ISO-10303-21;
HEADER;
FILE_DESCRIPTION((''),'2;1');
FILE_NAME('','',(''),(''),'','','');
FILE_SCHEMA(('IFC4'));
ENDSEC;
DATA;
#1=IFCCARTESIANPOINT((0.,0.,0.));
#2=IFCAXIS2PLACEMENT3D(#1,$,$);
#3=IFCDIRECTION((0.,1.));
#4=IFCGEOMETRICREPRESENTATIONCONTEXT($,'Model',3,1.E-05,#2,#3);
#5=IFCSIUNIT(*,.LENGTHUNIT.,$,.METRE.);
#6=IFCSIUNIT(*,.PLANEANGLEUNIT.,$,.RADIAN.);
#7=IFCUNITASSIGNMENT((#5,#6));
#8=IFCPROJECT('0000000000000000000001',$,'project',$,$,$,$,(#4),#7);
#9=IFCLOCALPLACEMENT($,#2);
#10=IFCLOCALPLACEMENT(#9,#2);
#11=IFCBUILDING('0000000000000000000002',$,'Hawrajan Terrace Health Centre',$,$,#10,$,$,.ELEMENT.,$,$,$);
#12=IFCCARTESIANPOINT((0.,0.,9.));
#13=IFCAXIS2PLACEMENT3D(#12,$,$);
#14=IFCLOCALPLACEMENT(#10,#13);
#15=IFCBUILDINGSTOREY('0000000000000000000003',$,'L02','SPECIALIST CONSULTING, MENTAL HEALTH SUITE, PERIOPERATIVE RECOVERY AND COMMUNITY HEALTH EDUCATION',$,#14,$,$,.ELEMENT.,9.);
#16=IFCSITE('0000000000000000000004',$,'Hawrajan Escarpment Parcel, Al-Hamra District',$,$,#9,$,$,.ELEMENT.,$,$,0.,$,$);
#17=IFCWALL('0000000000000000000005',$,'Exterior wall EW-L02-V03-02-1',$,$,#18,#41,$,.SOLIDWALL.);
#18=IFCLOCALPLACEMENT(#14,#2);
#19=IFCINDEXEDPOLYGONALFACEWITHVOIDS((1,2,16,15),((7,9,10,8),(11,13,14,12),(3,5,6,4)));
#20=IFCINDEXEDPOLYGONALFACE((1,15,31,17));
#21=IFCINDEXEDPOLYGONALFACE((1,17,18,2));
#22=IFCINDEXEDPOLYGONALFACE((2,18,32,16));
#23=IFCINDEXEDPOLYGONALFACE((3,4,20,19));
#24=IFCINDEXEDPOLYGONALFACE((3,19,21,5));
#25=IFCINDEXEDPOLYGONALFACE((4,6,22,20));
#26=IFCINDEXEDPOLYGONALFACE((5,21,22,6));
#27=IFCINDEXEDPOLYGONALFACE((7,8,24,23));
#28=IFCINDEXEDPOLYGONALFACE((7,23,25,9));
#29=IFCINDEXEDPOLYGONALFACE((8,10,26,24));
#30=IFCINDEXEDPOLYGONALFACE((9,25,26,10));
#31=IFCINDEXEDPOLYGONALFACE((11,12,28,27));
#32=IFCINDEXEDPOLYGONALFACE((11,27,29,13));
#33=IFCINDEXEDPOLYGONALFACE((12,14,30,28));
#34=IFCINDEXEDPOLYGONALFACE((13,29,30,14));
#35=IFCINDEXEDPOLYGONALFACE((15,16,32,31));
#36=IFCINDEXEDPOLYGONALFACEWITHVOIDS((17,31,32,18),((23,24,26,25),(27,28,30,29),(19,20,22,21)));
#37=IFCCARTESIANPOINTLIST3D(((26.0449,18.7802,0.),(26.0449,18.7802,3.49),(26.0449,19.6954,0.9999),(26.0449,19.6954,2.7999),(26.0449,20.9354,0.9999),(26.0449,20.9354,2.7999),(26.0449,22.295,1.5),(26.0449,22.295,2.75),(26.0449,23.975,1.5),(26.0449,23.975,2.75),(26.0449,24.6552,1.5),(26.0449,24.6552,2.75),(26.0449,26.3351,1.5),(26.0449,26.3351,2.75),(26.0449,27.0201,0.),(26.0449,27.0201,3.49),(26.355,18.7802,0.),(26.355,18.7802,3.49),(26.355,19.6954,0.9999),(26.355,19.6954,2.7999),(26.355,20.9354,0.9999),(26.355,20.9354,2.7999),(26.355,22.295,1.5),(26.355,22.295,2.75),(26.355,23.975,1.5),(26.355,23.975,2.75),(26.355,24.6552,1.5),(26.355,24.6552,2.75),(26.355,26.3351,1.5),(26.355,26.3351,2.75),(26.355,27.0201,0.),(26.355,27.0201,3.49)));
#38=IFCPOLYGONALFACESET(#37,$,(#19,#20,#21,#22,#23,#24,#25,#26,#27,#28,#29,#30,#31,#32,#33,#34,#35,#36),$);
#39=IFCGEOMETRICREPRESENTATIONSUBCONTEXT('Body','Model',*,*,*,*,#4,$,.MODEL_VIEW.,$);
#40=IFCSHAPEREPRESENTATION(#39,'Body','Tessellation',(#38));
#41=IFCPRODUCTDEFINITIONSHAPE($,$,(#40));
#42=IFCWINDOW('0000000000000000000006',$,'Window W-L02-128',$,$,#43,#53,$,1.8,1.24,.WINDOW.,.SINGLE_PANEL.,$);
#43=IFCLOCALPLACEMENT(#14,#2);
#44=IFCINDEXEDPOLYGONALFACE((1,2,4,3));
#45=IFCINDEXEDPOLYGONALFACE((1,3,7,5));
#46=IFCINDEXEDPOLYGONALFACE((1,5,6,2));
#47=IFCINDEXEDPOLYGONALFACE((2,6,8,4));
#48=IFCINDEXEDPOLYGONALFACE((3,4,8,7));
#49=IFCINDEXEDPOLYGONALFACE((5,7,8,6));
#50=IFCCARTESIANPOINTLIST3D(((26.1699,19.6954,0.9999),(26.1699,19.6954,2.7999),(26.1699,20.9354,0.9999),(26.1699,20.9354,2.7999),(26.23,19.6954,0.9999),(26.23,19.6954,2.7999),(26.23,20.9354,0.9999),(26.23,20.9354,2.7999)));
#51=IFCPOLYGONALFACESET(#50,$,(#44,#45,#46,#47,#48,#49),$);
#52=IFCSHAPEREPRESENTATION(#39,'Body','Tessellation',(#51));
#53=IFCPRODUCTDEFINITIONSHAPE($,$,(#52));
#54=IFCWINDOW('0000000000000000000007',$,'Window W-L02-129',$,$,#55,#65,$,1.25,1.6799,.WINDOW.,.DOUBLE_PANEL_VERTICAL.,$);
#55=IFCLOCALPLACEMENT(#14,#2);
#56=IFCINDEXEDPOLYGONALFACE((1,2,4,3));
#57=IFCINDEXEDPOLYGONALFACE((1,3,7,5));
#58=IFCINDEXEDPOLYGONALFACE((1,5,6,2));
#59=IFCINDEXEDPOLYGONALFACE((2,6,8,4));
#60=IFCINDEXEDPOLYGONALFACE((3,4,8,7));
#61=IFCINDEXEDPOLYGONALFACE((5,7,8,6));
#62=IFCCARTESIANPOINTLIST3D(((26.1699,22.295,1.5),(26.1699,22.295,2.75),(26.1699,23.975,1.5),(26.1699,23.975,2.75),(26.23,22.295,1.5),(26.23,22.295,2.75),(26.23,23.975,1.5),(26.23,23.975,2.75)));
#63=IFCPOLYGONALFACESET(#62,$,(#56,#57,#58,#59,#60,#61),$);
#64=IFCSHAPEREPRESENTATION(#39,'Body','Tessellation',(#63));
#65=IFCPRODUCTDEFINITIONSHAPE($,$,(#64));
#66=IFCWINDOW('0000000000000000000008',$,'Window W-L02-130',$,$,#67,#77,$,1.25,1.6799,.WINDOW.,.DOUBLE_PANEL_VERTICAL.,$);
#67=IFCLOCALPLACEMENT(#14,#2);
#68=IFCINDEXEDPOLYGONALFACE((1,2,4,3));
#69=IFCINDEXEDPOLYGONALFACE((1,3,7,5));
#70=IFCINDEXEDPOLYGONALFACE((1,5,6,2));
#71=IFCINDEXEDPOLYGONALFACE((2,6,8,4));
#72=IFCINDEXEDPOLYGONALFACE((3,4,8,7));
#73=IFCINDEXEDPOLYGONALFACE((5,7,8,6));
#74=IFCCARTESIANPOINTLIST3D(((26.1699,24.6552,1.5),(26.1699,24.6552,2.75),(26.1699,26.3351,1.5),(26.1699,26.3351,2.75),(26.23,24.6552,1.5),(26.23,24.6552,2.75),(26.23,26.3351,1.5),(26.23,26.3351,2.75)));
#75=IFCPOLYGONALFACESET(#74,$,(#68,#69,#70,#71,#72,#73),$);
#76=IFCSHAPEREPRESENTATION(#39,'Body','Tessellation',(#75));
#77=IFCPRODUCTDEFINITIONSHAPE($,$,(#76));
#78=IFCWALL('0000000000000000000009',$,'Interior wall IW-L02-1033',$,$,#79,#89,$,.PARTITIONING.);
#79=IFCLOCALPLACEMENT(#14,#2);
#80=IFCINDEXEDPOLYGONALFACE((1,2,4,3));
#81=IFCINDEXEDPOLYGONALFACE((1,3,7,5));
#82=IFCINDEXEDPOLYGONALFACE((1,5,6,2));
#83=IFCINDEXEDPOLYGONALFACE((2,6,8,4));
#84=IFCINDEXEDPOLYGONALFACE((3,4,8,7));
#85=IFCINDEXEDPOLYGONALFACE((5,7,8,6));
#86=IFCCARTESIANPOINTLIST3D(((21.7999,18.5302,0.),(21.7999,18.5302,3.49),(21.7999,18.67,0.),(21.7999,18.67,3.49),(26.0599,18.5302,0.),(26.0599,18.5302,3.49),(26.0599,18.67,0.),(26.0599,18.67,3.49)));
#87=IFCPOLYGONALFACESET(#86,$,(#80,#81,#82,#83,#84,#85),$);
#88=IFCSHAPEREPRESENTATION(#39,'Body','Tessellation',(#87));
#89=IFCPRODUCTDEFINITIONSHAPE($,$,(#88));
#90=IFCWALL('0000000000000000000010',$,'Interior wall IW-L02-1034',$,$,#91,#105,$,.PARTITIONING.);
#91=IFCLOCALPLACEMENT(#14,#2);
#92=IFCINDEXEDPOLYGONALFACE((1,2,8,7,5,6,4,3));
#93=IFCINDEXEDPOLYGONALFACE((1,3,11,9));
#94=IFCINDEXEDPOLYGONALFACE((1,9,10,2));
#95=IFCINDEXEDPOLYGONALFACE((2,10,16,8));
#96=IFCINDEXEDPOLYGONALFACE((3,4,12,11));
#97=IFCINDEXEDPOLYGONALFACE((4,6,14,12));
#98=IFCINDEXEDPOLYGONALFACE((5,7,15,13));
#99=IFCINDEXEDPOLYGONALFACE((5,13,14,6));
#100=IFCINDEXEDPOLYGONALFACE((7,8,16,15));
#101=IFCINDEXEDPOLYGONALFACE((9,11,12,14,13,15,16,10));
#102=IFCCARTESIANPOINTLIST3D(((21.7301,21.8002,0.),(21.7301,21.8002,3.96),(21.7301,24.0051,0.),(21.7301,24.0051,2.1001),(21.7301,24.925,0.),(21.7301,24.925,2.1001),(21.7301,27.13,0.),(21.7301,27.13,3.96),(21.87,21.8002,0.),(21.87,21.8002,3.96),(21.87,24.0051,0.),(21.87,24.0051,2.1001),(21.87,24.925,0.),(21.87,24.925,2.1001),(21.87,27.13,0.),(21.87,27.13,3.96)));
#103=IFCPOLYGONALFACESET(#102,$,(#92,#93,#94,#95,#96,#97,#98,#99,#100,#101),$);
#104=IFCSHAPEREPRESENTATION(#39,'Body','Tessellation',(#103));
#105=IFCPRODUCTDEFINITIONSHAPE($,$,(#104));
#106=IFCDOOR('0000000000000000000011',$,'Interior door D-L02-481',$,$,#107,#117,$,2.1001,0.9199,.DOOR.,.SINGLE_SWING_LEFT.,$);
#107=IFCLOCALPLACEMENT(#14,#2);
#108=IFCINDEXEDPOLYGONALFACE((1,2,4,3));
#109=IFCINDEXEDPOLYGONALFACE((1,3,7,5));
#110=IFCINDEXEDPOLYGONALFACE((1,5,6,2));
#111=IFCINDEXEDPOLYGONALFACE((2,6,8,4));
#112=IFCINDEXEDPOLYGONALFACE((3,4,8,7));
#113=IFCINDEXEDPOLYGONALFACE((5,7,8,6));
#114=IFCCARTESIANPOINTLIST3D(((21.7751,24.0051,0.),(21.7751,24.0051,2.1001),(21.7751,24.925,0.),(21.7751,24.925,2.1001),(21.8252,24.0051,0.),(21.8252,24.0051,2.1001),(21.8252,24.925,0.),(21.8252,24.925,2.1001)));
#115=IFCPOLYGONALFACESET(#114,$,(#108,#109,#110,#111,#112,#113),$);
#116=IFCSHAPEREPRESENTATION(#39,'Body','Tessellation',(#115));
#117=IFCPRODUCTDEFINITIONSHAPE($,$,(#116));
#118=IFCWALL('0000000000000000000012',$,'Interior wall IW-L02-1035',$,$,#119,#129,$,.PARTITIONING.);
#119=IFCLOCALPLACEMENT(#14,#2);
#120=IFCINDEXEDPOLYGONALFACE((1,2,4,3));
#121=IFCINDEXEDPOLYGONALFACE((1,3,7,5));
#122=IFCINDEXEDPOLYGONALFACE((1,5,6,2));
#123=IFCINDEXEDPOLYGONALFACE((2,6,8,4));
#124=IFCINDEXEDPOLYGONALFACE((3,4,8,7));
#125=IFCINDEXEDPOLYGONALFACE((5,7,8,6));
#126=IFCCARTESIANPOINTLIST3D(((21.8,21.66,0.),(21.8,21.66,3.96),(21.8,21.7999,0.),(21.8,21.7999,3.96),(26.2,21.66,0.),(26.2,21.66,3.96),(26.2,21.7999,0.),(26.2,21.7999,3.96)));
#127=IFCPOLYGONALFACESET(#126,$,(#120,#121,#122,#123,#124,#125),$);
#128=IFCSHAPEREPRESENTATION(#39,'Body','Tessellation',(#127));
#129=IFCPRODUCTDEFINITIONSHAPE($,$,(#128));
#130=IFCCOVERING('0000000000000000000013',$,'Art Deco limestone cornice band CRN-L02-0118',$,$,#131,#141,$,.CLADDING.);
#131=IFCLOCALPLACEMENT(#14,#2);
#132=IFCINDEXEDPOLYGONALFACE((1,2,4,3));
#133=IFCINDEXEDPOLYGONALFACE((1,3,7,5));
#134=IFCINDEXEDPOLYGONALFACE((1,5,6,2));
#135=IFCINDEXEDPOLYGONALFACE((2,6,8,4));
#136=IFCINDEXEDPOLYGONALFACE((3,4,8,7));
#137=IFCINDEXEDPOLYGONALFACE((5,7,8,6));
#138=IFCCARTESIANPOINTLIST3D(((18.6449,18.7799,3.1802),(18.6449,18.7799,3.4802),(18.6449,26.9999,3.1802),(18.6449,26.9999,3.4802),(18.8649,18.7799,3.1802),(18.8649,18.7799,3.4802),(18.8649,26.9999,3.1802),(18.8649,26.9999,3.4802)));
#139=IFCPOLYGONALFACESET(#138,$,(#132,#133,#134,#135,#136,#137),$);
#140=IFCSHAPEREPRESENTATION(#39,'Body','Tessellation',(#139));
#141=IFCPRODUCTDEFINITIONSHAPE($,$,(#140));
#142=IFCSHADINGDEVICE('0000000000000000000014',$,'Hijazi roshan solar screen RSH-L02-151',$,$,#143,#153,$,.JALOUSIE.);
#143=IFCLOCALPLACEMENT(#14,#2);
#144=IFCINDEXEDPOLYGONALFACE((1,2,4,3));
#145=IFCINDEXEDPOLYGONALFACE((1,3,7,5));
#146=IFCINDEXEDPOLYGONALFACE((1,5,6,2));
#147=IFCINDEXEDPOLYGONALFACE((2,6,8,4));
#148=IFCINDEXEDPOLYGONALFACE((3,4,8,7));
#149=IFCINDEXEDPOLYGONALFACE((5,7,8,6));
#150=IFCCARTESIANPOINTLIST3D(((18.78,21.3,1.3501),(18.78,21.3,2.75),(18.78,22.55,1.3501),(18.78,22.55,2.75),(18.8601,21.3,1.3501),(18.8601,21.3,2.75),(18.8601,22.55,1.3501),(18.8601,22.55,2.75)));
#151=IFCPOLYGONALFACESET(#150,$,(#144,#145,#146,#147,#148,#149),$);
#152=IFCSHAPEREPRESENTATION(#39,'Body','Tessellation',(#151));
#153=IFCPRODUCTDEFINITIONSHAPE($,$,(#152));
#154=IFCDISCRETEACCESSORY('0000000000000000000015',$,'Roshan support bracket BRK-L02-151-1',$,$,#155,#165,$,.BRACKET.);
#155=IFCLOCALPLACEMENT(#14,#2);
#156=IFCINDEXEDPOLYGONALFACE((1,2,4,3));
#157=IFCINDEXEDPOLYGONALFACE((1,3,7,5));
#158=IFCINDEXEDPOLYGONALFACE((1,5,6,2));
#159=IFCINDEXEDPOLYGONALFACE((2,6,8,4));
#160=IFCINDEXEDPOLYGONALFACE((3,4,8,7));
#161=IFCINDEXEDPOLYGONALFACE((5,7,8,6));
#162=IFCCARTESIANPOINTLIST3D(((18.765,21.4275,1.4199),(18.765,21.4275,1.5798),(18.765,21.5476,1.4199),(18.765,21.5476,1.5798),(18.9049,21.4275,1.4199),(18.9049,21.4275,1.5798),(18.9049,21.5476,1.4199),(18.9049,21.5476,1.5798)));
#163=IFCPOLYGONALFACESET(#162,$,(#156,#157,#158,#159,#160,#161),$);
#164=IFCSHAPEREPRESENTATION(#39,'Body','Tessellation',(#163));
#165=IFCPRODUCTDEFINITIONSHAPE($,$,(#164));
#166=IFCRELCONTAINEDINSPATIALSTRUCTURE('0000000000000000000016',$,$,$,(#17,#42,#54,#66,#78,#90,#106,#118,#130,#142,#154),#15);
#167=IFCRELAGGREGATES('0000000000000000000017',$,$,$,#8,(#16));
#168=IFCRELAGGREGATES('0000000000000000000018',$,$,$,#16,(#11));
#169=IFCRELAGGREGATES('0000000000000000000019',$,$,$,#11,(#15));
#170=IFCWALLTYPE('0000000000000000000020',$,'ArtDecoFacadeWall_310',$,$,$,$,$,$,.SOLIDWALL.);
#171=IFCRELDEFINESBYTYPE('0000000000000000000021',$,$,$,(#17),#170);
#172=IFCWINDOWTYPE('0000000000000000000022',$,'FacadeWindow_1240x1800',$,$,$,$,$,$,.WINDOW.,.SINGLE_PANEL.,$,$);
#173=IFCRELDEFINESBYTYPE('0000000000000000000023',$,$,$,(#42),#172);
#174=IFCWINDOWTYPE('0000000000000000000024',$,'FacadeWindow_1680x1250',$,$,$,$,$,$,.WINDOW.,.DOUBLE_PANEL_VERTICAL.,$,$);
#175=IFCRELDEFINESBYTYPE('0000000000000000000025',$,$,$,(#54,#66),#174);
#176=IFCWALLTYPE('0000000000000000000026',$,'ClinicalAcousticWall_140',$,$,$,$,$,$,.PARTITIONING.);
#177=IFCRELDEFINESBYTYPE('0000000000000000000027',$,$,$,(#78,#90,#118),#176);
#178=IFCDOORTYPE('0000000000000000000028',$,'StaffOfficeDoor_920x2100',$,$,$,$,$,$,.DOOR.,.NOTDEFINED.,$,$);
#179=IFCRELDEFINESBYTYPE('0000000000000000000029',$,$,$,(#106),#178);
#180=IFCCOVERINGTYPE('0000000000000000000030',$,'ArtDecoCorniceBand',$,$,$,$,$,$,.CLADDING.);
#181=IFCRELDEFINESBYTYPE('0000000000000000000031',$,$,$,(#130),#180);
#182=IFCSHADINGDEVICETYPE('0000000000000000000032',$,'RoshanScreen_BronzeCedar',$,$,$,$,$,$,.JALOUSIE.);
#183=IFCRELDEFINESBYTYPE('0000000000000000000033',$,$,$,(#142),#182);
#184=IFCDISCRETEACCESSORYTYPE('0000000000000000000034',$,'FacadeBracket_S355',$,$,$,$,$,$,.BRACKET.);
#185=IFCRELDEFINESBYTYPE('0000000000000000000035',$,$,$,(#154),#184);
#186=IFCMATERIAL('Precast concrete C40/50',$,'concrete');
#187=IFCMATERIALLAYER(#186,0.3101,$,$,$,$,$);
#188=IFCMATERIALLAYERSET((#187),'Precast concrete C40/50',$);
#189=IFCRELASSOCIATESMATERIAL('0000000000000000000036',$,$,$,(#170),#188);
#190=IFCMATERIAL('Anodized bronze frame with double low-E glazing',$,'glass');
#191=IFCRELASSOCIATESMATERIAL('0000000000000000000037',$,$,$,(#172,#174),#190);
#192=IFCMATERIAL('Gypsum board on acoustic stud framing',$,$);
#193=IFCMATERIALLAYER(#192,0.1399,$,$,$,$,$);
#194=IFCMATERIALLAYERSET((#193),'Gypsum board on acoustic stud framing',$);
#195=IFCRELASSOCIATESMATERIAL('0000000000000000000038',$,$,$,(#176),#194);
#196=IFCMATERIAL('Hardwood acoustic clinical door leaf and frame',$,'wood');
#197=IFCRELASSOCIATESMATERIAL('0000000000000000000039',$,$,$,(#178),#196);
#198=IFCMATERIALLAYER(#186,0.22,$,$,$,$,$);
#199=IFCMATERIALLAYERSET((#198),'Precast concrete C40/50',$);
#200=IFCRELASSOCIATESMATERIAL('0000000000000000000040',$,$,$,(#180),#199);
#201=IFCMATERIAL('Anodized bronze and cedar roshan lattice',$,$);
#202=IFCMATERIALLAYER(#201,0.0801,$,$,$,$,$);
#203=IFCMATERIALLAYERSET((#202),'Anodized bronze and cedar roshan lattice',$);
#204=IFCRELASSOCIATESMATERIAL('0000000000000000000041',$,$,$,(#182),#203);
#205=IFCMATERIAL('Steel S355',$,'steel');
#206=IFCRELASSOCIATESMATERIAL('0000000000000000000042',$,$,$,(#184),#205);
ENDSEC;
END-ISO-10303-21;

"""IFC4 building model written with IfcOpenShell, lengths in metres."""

from ifc_helpers import new_model, si_unit, direction, frame, frame_2d, origin, origin_2d, place, context, subcontext, project, spatial, rectangle, extrude, material, layer, layer_set, type_object, element, fill, save


model = new_model("IFC4")

# Units and contexts
model_context = context("Model", 3, precision=1e-05, world=origin(), true_north=direction((0.0, 1.0)))
body_context = subcontext(model_context, "Body", "Model", "MODEL_VIEW")
ifc_project = project(units=[si_unit("LENGTHUNIT", "METRE"), si_unit("PLANEANGLEUNIT", "RADIAN")], contexts=[model_context])

# Site, building, storey
site_placement = place(None, origin())
site = spatial("IfcSite", under=ifc_project, at=site_placement, Name="Hawrajan Escarpment Parcel, Al-Hamra District", CompositionType="ELEMENT", RefElevation=0.0)
building_placement = place(site_placement, origin())
building = spatial("IfcBuilding", under=site, at=building_placement, Name="Hawrajan Terrace Health Centre", CompositionType="ELEMENT")
storey_placement = place(building_placement, frame((0.0, 0.0, 9.0)))
storey = spatial("IfcBuildingStorey", under=building, at=storey_placement, Name="L02", Description="SPECIALIST CONSULTING, MENTAL HEALTH SUITE, PERIOPERATIVE RECOVERY AND COMMUNITY HEALTH EDUCATION", CompositionType="ELEMENT", Elevation=9.0)

# Wall, openings, windows
ifc_material_1 = material(Name="Precast concrete C40/50", Category="concrete")
ifc_layer_1 = layer(ifc_material_1, 0.3101)
ifc_layer_set_1 = layer_set([ifc_layer_1], Name="Precast concrete C40/50")
wall_type_1 = type_object("IfcWallType", Name="ArtDecoFacadeWall_310", PredefinedType="SOLIDWALL", material=ifc_layer_set_1)
ifc_material_2 = material(Name="Anodized bronze frame with double low-E glazing", Category="glass")
wall_1_placement = place(storey_placement, frame((26.2, 18.78, 0.0), z_axis=(0.0, 0.0, 1.0), x_axis=(0.0, 1.0, 0.0)))
wall_1 = element("IfcWall", 1, at=wall_1_placement, inside=storey, type_object=wall_type_1, Name="Exterior wall EW-L02-V03-02-1", PredefinedType="SOLIDWALL", context=body_context, shape_type="SweptSolid", body=[
    extrude(rectangle(XDim=8.24, YDim=0.3101, at=frame_2d((4.1201, 0.0))), origin(), (0.0, 0.0, 1.0), 3.49),
])
opening_1_placement = place(wall_1_placement, frame((0.9153, 0.0, 1.0)))
opening_1 = element("IfcOpeningElement", 2, at=opening_1_placement, cuts=wall_1, PredefinedType="OPENING", context=body_context, shape_type="SweptSolid", body=[
    extrude(rectangle(XDim=1.24, YDim=1.8, at=frame_2d((0.6201, 0.8999))), frame((0.0, 0.165, 0.0), z_axis=(0.0, -1.0, 0.0), x_axis=(1.0, 0.0, 0.0)), (0.0, 0.0, 1.0), 0.3301),
])
opening_2_placement = place(wall_1_placement, frame((3.5151, 0.0, 1.5)))
opening_2 = element("IfcOpeningElement", 3, at=opening_2_placement, cuts=wall_1, PredefinedType="OPENING", context=body_context, shape_type="SweptSolid", body=[
    extrude(rectangle(XDim=1.6799, YDim=1.25, at=frame_2d((0.8398, 0.625))), frame((0.0, 0.165, 0.0), z_axis=(0.0, -1.0, 0.0), x_axis=(1.0, 0.0, 0.0)), (0.0, 0.0, 1.0), 0.3301),
])
opening_3_placement = place(wall_1_placement, frame((5.8752, 0.0, 1.5)))
opening_3 = element("IfcOpeningElement", 4, at=opening_3_placement, cuts=wall_1, PredefinedType="OPENING", context=body_context, shape_type="SweptSolid", body=[
    extrude(rectangle(XDim=1.6799, YDim=1.25, at=frame_2d((0.8398, 0.625))), frame((0.0, 0.165, 0.0), z_axis=(0.0, -1.0, 0.0), x_axis=(1.0, 0.0, 0.0)), (0.0, 0.0, 1.0), 0.3301),
])
window_type_1 = type_object("IfcWindowType", Name="FacadeWindow_1240x1800", PartitioningType="SINGLE_PANEL", PredefinedType="WINDOW", material=ifc_material_2)
window_1_placement = place(opening_1_placement, origin())
window_1 = element("IfcWindow", 5, at=window_1_placement, inside=storey, type_object=window_type_1, Name="Window W-L02-128", OverallHeight=1.8, OverallWidth=1.24, PartitioningType="SINGLE_PANEL", PredefinedType="WINDOW", context=body_context, shape_type="SweptSolid", body=[
    extrude(rectangle(XDim=1.24, YDim=1.8, at=frame_2d((0.6201, 0.8999))), frame((0.0, 0.03, 0.0), z_axis=(0.0, -1.0, 0.0), x_axis=(1.0, 0.0, 0.0)), (0.0, 0.0, 1.0), 0.0601),
])
fill(opening_1, window_1)
window_type_2 = type_object("IfcWindowType", Name="FacadeWindow_1680x1250", PartitioningType="DOUBLE_PANEL_VERTICAL", PredefinedType="WINDOW", material=ifc_material_2)
window_2_placement = place(opening_2_placement, origin())
window_2 = element("IfcWindow", 6, at=window_2_placement, inside=storey, type_object=window_type_2, Name="Window W-L02-129", OverallHeight=1.25, OverallWidth=1.6799, PartitioningType="DOUBLE_PANEL_VERTICAL", PredefinedType="WINDOW", context=body_context, shape_type="SweptSolid", body=[
    extrude(rectangle(XDim=1.6799, YDim=1.25, at=frame_2d((0.8398, 0.625))), frame((0.0, 0.03, 0.0), z_axis=(0.0, -1.0, 0.0), x_axis=(1.0, 0.0, 0.0)), (0.0, 0.0, 1.0), 0.0601),
])
fill(opening_2, window_2)
window_3_placement = place(opening_3_placement, origin())
window_3 = element("IfcWindow", 7, at=window_3_placement, inside=storey, type_object=window_type_2, Name="Window W-L02-130", OverallHeight=1.25, OverallWidth=1.6799, PartitioningType="DOUBLE_PANEL_VERTICAL", PredefinedType="WINDOW", context=body_context, shape_type="SweptSolid", body=[
    extrude(rectangle(XDim=1.6799, YDim=1.25, at=frame_2d((0.8398, 0.625))), frame((0.0, 0.03, 0.0), z_axis=(0.0, -1.0, 0.0), x_axis=(1.0, 0.0, 0.0)), (0.0, 0.0, 1.0), 0.0601),
])
fill(opening_3, window_3)

# Shared definitions
ifc_material_3 = material(Name="Gypsum board on acoustic stud framing")
ifc_layer_2 = layer(ifc_material_3, 0.1399)
ifc_layer_set_2 = layer_set([ifc_layer_2], Name="Gypsum board on acoustic stud framing")
wall_type_2 = type_object("IfcWallType", Name="ClinicalAcousticWall_140", PredefinedType="PARTITIONING", material=ifc_layer_set_2)
ifc_material_4 = material(Name="Hardwood acoustic clinical door leaf and frame", Category="wood")

# Wall
wall_2_placement = place(storey_placement, frame((21.8, 18.6001, 0.0), z_axis=(0.0, 0.0, 1.0), x_axis=(1.0, 0.0, 0.0)))
element("IfcWall", 8, at=wall_2_placement, inside=storey, type_object=wall_type_2, Name="Interior wall IW-L02-1033", PredefinedType="PARTITIONING", context=body_context, shape_type="SweptSolid", body=[
    extrude(rectangle(XDim=4.26, YDim=0.1399, at=frame_2d((2.1299, 0.0))), origin(), (0.0, 0.0, 1.0), 3.49),
])

# Wall, opening, door
wall_3_placement = place(storey_placement, frame((21.8, 21.8, 0.0), z_axis=(0.0, 0.0, 1.0), x_axis=(0.0, 1.0, 0.0)))
wall_3 = element("IfcWall", 9, at=wall_3_placement, inside=storey, type_object=wall_type_2, Name="Interior wall IW-L02-1034", PredefinedType="PARTITIONING", context=body_context, shape_type="SweptSolid", body=[
    extrude(rectangle(XDim=5.3298, YDim=0.1399, at=frame_2d((2.665, 0.0))), origin(), (0.0, 0.0, 1.0), 3.96),
])
opening_4_placement = place(wall_3_placement, frame((2.2051, 0.0, 0.0)))
opening_4 = element("IfcOpeningElement", 10, at=opening_4_placement, cuts=wall_3, PredefinedType="OPENING", context=body_context, shape_type="SweptSolid", body=[
    extrude(rectangle(XDim=0.9199, YDim=2.1001, at=frame_2d((0.46, 1.05))), frame((0.0, 0.0798, 0.0), z_axis=(0.0, -1.0, 0.0), x_axis=(1.0, 0.0, 0.0)), (0.0, 0.0, 1.0), 0.1599),
])
door_type_1 = type_object("IfcDoorType", Name="StaffOfficeDoor_920x2100", OperationType="NOTDEFINED", PredefinedType="DOOR", material=ifc_material_4)
door_1_placement = place(opening_4_placement, origin())
door_1 = element("IfcDoor", 11, at=door_1_placement, inside=storey, type_object=door_type_1, Name="Interior door D-L02-481", OperationType="SINGLE_SWING_LEFT", OverallHeight=2.1001, OverallWidth=0.9199, PredefinedType="DOOR", context=body_context, shape_type="SweptSolid", body=[
    extrude(rectangle(XDim=0.9199, YDim=2.1001, at=frame_2d((0.46, 1.05))), frame((0.0, 0.0249, 0.0), z_axis=(0.0, -1.0, 0.0), x_axis=(1.0, 0.0, 0.0)), (0.0, 0.0, 1.0), 0.05),
])
fill(opening_4, door_1)

# Wall
wall_4_placement = place(storey_placement, frame((21.8, 21.73, 0.0), z_axis=(0.0, 0.0, 1.0), x_axis=(1.0, 0.0, 0.0)))
element("IfcWall", 12, at=wall_4_placement, inside=storey, type_object=wall_type_2, Name="Interior wall IW-L02-1035", PredefinedType="PARTITIONING", context=body_context, shape_type="SweptSolid", body=[
    extrude(rectangle(XDim=4.3999, YDim=0.1399, at=frame_2d((2.2, 0.0))), origin(), (0.0, 0.0, 1.0), 3.96),
])

# Covering
ifc_layer_3 = layer(ifc_material_1, 0.22)
ifc_layer_set_3 = layer_set([ifc_layer_3], Name="Precast concrete C40/50")
covering_type = type_object("IfcCoveringType", Name="ArtDecoCorniceBand", PredefinedType="CLADDING", material=ifc_layer_set_3)
covering_placement = place(storey_placement, frame((18.7549, 22.8899, 3.1802), z_axis=(0.0, 0.0, 1.0), x_axis=(0.0, 1.0, 0.0)))
element("IfcCovering", 13, at=covering_placement, inside=storey, type_object=covering_type, Name="Art Deco limestone cornice band CRN-L02-0118", PredefinedType="CLADDING", context=body_context, shape_type="SweptSolid", body=[
    extrude(rectangle(XDim=8.22, YDim=0.22, at=origin_2d()), origin(), (0.0, 0.0, 1.0), 0.3),
])

# Shading device
ifc_material_5 = material(Name="Anodized bronze and cedar roshan lattice")
ifc_layer_4 = layer(ifc_material_5, 0.0801)
ifc_layer_set_4 = layer_set([ifc_layer_4], Name="Anodized bronze and cedar roshan lattice")
shading_device_type = type_object("IfcShadingDeviceType", Name="RoshanScreen_BronzeCedar", PredefinedType="JALOUSIE", material=ifc_layer_set_4)
shading_device_placement = place(storey_placement, frame((18.8201, 21.925, 1.3501), z_axis=(0.0, 0.0, 1.0), x_axis=(0.0, 1.0, 0.0)))
element("IfcShadingDevice", 14, at=shading_device_placement, inside=storey, type_object=shading_device_type, Name="Hijazi roshan solar screen RSH-L02-151", PredefinedType="JALOUSIE", context=body_context, shape_type="SweptSolid", body=[
    extrude(rectangle(XDim=1.25, YDim=0.0801, at=origin_2d()), origin(), (0.0, 0.0, 1.0), 1.3999),
])

# Discrete accessory
ifc_material_6 = material(Name="Steel S355", Category="steel")
discrete_accessory_type = type_object("IfcDiscreteAccessoryType", Name="FacadeBracket_S355", PredefinedType="BRACKET", material=ifc_material_6)
for number, where, z_axis, x_axis, name in (
    (15, (18.835, 21.4875, 1.4199), (0.0, 0.0, 1.0), (0.0, 1.0, 0.0), "Roshan support bracket BRK-L02-151-1"),
):
    element("IfcDiscreteAccessory", number, at=place(storey_placement, frame(where, z_axis=z_axis, x_axis=x_axis)), inside=storey, type_object=discrete_accessory_type, Name=name, PredefinedType="BRACKET", context=body_context, shape_type="SweptSolid", body=[
        extrude(rectangle(XDim=0.1201, YDim=0.1399, at=origin_2d()), origin(), (0.0, 0.0, 1.0), 0.1599),
    ])

save(model, "model.ifc")
